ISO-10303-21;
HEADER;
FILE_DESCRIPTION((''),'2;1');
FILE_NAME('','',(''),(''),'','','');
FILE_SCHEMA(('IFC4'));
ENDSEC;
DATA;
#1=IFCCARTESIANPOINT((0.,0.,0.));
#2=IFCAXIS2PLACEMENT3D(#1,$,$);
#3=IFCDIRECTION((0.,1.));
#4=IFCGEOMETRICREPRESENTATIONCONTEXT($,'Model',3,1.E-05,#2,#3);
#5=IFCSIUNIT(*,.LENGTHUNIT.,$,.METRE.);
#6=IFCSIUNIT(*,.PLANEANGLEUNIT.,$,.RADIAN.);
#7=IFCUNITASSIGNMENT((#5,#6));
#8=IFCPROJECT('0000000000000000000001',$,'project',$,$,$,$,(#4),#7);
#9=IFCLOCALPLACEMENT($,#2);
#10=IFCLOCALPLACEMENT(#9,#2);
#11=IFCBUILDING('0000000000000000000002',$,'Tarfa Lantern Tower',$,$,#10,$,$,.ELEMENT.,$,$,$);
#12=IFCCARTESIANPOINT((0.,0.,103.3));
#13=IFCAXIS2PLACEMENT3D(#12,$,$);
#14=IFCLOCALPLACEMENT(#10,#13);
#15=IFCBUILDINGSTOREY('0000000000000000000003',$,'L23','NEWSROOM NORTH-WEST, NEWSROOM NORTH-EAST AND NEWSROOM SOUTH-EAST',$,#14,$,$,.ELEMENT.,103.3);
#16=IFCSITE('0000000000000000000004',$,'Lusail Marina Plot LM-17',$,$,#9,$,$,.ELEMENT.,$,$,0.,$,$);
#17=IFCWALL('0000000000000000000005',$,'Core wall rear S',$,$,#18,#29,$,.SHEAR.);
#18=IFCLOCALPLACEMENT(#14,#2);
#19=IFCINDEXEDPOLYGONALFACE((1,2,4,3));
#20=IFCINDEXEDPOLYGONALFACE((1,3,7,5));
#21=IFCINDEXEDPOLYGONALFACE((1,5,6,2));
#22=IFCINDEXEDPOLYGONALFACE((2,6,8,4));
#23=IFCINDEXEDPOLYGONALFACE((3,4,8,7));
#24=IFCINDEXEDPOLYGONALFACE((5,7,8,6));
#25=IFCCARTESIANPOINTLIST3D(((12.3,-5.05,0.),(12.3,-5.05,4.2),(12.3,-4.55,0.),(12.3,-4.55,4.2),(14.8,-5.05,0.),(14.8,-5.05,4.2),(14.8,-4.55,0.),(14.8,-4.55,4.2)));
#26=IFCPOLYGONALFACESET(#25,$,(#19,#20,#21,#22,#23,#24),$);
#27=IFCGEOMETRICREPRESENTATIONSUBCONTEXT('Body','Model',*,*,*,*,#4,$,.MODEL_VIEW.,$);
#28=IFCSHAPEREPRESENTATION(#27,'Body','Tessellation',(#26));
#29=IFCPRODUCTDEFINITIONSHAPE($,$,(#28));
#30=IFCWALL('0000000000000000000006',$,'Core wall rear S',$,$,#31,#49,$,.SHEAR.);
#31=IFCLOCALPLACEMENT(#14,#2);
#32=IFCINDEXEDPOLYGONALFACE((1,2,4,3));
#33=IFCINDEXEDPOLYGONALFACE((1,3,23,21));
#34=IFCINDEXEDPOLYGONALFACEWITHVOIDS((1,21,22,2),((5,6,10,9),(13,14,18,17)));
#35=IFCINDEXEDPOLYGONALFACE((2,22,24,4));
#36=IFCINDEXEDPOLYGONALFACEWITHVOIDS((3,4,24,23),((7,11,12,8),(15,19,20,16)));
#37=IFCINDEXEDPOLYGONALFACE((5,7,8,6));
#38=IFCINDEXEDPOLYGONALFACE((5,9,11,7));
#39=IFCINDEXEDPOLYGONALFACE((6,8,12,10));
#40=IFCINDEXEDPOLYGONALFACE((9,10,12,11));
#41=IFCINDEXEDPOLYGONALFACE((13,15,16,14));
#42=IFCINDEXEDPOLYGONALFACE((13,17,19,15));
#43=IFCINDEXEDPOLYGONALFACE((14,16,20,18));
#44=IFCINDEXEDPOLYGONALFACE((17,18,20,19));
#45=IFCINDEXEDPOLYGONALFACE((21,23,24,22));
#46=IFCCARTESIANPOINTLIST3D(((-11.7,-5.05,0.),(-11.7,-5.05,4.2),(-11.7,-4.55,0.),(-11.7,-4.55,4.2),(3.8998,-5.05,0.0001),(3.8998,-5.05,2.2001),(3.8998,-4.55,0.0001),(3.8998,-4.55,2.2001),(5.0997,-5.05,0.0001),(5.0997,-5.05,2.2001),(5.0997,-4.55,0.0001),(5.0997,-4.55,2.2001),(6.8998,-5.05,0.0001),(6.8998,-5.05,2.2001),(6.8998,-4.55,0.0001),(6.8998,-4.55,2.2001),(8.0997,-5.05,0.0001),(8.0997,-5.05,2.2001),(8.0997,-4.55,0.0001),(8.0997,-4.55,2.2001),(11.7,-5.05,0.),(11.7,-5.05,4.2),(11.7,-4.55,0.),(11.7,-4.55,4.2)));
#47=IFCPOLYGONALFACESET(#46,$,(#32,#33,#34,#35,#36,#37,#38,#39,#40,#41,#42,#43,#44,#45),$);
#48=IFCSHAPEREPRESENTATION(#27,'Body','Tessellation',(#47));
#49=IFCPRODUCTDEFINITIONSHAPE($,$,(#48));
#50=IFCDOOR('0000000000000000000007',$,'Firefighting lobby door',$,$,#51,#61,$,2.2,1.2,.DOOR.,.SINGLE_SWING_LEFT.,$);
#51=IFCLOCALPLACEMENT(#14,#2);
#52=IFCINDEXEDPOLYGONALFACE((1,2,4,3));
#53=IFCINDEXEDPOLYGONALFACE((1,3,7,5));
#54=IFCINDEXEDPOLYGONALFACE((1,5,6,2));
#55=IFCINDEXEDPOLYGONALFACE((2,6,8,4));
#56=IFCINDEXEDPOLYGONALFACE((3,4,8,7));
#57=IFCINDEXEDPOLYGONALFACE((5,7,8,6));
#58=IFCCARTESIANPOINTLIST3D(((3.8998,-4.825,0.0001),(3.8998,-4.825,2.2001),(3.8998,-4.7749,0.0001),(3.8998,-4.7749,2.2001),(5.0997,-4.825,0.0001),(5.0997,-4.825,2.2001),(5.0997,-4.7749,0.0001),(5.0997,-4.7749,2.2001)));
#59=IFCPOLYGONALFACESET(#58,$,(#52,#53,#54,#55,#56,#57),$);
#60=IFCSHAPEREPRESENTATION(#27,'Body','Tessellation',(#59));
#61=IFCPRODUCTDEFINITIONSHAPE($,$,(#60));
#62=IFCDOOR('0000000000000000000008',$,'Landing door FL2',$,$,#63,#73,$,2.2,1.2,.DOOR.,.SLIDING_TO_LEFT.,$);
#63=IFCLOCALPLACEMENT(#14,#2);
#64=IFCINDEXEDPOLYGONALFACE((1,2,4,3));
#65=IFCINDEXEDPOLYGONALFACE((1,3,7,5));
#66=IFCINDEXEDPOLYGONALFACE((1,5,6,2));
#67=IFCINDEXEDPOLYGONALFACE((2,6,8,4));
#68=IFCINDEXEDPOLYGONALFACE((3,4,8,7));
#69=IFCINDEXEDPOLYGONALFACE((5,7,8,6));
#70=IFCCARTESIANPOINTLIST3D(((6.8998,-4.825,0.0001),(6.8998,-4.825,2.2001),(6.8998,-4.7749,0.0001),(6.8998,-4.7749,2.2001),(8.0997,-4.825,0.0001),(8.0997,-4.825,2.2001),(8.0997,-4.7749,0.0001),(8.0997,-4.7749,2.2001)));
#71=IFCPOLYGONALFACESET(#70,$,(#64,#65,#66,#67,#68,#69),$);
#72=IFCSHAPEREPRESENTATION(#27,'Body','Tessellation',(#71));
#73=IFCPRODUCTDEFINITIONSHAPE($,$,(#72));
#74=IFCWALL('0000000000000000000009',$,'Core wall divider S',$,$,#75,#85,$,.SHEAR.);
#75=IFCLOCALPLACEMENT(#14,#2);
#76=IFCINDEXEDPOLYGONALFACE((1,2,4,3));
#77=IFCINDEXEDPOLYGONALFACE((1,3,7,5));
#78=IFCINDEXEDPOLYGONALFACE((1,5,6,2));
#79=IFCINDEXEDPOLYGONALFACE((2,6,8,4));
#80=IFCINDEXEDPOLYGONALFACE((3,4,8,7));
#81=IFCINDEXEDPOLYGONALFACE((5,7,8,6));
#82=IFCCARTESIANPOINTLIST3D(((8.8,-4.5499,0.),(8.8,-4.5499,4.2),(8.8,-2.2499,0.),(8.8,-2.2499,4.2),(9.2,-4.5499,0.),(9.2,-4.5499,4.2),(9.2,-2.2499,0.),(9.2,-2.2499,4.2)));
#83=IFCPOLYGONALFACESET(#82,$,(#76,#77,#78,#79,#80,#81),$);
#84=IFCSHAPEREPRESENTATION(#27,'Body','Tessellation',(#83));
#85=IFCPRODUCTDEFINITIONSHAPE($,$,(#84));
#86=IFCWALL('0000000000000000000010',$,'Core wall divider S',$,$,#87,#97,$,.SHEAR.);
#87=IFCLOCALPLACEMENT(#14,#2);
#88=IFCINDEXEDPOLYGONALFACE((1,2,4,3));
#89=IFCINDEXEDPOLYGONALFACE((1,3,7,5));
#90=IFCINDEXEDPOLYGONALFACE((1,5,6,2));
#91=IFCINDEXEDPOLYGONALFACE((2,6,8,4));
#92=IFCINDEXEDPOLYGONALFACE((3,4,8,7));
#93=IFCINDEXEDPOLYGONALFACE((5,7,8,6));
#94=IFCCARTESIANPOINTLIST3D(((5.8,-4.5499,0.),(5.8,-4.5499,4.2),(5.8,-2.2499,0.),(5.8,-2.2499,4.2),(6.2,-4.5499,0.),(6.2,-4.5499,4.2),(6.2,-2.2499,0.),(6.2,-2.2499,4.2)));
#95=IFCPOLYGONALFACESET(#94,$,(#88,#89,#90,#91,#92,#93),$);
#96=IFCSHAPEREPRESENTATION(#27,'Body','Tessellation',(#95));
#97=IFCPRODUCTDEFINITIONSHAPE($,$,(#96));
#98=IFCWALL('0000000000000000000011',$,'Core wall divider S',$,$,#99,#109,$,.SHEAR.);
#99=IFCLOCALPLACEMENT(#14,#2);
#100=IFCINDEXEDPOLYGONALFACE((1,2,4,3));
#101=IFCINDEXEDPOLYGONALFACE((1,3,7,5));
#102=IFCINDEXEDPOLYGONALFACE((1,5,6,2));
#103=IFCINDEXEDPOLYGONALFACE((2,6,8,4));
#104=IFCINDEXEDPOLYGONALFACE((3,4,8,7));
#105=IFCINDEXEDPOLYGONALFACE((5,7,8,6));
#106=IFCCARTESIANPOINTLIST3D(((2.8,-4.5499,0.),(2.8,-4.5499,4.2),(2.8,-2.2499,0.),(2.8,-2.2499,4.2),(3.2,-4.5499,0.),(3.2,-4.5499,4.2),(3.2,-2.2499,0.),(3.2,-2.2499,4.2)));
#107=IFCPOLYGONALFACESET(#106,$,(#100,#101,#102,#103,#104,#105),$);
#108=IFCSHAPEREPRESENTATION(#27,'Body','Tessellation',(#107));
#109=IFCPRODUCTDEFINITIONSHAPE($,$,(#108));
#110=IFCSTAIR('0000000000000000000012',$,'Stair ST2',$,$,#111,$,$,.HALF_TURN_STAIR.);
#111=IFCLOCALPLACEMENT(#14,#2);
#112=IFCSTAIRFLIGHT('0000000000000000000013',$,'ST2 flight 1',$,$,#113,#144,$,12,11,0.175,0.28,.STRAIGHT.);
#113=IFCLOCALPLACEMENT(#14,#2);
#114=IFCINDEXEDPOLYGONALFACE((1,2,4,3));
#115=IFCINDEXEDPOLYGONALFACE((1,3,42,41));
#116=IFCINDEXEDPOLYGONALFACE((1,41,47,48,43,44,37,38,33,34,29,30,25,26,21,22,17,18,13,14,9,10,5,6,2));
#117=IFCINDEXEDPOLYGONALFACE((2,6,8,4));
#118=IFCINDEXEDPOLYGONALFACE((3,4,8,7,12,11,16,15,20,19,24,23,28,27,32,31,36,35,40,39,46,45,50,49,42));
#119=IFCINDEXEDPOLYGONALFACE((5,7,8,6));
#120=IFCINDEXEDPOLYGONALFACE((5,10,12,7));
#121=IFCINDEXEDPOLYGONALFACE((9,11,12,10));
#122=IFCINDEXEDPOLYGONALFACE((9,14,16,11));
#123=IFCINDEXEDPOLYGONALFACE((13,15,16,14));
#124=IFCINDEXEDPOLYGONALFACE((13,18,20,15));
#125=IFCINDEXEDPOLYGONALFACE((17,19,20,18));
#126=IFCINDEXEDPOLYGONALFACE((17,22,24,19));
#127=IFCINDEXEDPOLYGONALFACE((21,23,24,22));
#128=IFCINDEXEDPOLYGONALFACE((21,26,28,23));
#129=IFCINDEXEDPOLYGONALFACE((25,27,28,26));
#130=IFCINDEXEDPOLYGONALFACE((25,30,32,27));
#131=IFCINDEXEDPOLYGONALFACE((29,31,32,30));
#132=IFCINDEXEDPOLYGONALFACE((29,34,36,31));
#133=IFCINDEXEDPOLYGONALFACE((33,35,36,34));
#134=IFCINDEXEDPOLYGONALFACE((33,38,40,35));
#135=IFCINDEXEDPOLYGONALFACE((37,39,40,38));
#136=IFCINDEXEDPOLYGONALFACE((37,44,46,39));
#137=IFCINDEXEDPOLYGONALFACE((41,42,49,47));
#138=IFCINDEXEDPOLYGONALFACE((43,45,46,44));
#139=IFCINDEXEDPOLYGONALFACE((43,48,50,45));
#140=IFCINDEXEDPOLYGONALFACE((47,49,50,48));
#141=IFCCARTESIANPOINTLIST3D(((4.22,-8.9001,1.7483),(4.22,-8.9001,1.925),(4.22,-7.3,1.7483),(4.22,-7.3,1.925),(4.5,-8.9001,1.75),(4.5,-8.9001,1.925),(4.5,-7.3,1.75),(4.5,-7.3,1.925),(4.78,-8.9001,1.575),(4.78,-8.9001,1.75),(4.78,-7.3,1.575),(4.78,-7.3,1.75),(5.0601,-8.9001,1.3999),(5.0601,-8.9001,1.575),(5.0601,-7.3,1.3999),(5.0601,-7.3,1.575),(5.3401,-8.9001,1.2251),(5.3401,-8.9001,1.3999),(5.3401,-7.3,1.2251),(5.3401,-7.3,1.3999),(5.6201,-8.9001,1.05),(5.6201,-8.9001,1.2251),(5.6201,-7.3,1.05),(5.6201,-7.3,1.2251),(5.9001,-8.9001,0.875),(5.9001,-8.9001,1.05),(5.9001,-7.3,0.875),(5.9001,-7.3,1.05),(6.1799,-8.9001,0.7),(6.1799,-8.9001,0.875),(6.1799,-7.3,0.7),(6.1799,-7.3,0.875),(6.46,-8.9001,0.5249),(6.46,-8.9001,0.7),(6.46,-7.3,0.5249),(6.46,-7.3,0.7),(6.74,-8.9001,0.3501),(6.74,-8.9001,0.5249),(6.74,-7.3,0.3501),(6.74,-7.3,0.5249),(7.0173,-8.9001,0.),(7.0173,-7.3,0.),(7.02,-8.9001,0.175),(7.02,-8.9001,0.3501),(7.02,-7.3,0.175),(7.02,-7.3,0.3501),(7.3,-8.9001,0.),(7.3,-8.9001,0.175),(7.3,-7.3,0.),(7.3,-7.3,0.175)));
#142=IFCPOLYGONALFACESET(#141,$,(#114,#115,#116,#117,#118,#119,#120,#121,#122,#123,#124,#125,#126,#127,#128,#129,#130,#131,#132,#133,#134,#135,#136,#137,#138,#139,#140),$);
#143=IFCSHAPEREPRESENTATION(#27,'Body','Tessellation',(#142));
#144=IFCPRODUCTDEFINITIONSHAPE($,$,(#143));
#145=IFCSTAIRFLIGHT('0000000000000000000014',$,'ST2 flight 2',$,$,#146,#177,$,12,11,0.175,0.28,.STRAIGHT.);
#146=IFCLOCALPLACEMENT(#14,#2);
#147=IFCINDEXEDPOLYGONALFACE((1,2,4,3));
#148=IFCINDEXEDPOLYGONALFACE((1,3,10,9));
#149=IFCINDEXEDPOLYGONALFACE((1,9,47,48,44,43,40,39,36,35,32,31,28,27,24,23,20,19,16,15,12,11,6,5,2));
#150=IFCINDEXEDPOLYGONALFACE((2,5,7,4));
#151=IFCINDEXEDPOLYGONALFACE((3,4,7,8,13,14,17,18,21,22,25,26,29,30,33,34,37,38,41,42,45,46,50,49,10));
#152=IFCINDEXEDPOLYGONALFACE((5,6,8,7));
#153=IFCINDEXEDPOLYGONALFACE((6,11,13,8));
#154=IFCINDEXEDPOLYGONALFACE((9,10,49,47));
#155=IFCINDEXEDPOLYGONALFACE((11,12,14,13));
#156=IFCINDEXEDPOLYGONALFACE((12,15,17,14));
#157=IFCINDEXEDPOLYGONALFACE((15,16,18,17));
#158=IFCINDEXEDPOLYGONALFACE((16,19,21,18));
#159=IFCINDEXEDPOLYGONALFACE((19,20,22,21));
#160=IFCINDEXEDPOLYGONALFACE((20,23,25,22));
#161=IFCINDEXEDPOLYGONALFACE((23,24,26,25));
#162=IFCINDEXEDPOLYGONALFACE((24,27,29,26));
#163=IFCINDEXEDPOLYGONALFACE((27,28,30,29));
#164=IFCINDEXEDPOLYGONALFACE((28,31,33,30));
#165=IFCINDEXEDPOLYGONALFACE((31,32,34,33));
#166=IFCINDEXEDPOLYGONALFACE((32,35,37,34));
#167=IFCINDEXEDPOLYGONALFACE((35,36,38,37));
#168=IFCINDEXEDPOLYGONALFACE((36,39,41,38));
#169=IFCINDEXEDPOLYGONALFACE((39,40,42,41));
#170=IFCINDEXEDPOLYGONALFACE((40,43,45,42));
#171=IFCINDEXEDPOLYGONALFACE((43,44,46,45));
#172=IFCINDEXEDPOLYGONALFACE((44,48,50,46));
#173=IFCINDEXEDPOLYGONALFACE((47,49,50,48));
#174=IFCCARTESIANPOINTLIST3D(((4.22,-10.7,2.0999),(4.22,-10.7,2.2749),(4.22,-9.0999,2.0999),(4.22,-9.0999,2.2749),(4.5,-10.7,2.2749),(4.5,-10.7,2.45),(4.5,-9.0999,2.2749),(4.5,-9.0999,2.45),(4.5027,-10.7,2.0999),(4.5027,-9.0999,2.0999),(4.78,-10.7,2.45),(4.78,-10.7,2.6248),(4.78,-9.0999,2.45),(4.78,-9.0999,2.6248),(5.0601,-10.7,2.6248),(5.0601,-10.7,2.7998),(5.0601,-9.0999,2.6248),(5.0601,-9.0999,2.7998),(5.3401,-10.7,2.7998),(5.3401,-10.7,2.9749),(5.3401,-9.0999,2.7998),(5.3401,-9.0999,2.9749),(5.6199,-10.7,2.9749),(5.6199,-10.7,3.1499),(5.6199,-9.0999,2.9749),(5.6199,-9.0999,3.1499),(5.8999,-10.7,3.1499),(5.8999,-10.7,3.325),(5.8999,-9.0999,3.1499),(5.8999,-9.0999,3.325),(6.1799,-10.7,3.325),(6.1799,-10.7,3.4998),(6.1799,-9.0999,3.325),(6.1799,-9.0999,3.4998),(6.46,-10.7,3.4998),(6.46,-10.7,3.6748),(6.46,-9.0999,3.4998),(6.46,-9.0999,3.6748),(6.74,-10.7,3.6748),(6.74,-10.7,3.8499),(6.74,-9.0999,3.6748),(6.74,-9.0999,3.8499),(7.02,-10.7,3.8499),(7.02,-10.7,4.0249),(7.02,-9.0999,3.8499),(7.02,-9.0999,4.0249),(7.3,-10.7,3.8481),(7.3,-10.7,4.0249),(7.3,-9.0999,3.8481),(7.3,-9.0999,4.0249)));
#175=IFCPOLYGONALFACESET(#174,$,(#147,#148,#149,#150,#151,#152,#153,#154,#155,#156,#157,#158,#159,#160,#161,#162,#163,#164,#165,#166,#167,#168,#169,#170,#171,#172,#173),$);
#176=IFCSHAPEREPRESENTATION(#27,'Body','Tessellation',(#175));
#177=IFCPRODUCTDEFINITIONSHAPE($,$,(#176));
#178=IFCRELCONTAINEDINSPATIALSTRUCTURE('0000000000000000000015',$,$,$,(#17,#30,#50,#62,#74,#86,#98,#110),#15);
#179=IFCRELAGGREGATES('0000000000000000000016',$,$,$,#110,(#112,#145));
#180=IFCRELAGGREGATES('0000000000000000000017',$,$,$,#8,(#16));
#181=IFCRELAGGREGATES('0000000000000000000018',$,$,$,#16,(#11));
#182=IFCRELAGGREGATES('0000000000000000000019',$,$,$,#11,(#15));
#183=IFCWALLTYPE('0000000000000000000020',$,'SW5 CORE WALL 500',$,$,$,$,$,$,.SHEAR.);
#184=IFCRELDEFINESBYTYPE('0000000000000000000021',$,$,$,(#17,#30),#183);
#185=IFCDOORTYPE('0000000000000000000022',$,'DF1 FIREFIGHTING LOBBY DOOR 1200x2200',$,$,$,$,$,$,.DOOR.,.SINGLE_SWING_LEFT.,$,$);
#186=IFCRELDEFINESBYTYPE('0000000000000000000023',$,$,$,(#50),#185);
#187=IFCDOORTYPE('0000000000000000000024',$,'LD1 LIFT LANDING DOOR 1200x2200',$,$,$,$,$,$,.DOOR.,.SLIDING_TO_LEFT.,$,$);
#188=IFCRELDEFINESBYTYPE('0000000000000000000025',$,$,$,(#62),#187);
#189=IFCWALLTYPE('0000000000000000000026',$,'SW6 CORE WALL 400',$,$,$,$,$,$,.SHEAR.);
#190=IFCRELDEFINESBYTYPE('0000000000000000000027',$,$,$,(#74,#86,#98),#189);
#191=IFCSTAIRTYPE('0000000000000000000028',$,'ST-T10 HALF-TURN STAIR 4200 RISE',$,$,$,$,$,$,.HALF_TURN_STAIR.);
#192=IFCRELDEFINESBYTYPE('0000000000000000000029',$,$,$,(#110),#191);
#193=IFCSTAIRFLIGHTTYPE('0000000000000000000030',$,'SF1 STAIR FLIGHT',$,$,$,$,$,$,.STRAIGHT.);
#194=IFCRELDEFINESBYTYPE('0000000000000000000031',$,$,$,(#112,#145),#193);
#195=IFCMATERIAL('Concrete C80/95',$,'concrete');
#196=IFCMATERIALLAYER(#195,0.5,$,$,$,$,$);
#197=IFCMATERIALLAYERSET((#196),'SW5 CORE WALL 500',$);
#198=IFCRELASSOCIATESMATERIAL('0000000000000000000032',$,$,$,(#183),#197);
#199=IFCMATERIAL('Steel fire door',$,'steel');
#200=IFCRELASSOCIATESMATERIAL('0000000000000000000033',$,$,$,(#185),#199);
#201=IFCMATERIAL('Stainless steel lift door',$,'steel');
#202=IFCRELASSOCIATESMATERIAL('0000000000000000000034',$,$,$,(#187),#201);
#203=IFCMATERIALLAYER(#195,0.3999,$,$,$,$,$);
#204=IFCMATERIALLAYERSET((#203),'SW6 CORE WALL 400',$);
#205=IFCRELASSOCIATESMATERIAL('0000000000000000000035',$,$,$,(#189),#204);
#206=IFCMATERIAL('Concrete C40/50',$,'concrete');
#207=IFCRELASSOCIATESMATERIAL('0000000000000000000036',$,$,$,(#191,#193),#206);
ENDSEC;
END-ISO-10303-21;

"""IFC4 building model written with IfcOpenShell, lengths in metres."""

from ifc_helpers import new_model, si_unit, direction, frame, frame_2d, origin, place, context, subcontext, project, spatial, polyline, rectangle, outline, extrude, material, layer, layer_set, type_object, element, fill, aggregate, save


model = new_model("IFC4")

# Units and contexts
model_context = context("Model", 3, precision=1e-05, world=origin(), true_north=direction((0.0, 1.0)))
body_context = subcontext(model_context, "Body", "Model", "MODEL_VIEW")
ifc_project = project(units=[si_unit("LENGTHUNIT", "METRE"), si_unit("PLANEANGLEUNIT", "RADIAN")], contexts=[model_context])

# Site, building, storey
site_placement = place(None, origin())
site = spatial("IfcSite", under=ifc_project, at=site_placement, Name="Lusail Marina Plot LM-17", CompositionType="ELEMENT", RefElevation=0.0)
building_placement = place(site_placement, origin())
building = spatial("IfcBuilding", under=site, at=building_placement, Name="Tarfa Lantern Tower", CompositionType="ELEMENT")
storey_placement = place(building_placement, frame((0.0, 0.0, 103.3)))
storey = spatial("IfcBuildingStorey", under=building, at=storey_placement, Name="L23", Description="NEWSROOM NORTH-WEST, NEWSROOM NORTH-EAST AND NEWSROOM SOUTH-EAST", CompositionType="ELEMENT", Elevation=103.3)

# Shared definitions
ifc_material_1 = material(Name="Concrete C80/95", Category="concrete")

# Shared definitions
ifc_material_2 = material(Name="Steel fire door", Category="steel")

# Shared definitions
ifc_layer_1 = layer(ifc_material_1, 0.5)
ifc_layer_set_1 = layer_set([ifc_layer_1], Name="SW5 CORE WALL 500")
wall_type_1 = type_object("IfcWallType", Name="SW5 CORE WALL 500", PredefinedType="SHEAR", material=ifc_layer_set_1)

# Shared definitions
ifc_material_3 = material(Name="Stainless steel lift door", Category="steel")

# Wall
wall_1_placement = place(storey_placement, frame((14.8, -4.8, 0.0), z_axis=(0.0, 0.0, 1.0), x_axis=(-1.0, 0.0, 0.0)))
element("IfcWall", 1, at=wall_1_placement, inside=storey, type_object=wall_type_1, Name="Core wall rear S", PredefinedType="SHEAR", context=body_context, shape_type="SweptSolid", body=[
    extrude(rectangle(XDim=2.5, YDim=0.5, at=frame_2d((1.25, 0.0))), origin(), (0.0, 0.0, 1.0), 4.2),
])

# Wall, openings, doors
wall_2_placement = place(storey_placement, frame((11.7, -4.8, 0.0), z_axis=(0.0, 0.0, 1.0), x_axis=(-1.0, 0.0, 0.0)))
wall_2 = element("IfcWall", 2, at=wall_2_placement, inside=storey, type_object=wall_type_1, Name="Core wall rear S", PredefinedType="SHEAR", context=body_context, shape_type="SweptSolid", body=[
    extrude(rectangle(XDim=23.3999, YDim=0.5, at=frame_2d((11.7, 0.0))), origin(), (0.0, 0.0, 1.0), 4.2),
])
opening_1_placement = place(wall_2_placement, frame((6.6001, 0.0, 0.0)))
opening_1 = element("IfcOpeningElement", 3, at=opening_1_placement, cuts=wall_2, PredefinedType="OPENING", context=body_context, shape_type="SweptSolid", body=[
    extrude(rectangle(XDim=1.2, YDim=2.2, at=frame_2d((0.6001, 1.1001))), frame((0.0, 0.26, 0.0), z_axis=(0.0, -1.0, 0.0), x_axis=(1.0, 0.0, 0.0)), (0.0, 0.0, 1.0), 0.52),
])
opening_2_placement = place(wall_2_placement, frame((3.6001, 0.0, 0.0)))
opening_2 = element("IfcOpeningElement", 4, at=opening_2_placement, cuts=wall_2, PredefinedType="OPENING", context=body_context, shape_type="SweptSolid", body=[
    extrude(rectangle(XDim=1.2, YDim=2.2, at=frame_2d((0.6001, 1.1001))), frame((0.0, 0.26, 0.0), z_axis=(0.0, -1.0, 0.0), x_axis=(1.0, 0.0, 0.0)), (0.0, 0.0, 1.0), 0.52),
])
door_type_1 = type_object("IfcDoorType", Name="DF1 FIREFIGHTING LOBBY DOOR 1200x2200", OperationType="SINGLE_SWING_LEFT", PredefinedType="DOOR", material=ifc_material_2)
door_1_placement = place(opening_1_placement, origin())
door_1 = element("IfcDoor", 5, at=door_1_placement, inside=storey, type_object=door_type_1, Name="Firefighting lobby door", OperationType="SINGLE_SWING_LEFT", OverallHeight=2.2, OverallWidth=1.2, PredefinedType="DOOR", context=body_context, shape_type="SweptSolid", body=[
    extrude(rectangle(XDim=1.2, YDim=2.2, at=frame_2d((0.6001, 1.1001))), frame((0.0, 0.0249, 0.0), z_axis=(0.0, -1.0, 0.0), x_axis=(1.0, 0.0, 0.0)), (0.0, 0.0, 1.0), 0.05),
])
fill(opening_1, door_1)
door_type_2 = type_object("IfcDoorType", Name="LD1 LIFT LANDING DOOR 1200x2200", OperationType="SLIDING_TO_LEFT", PredefinedType="DOOR", material=ifc_material_3)
door_2_placement = place(opening_2_placement, origin())
door_2 = element("IfcDoor", 6, at=door_2_placement, inside=storey, type_object=door_type_2, Name="Landing door FL2", OperationType="SLIDING_TO_LEFT", OverallHeight=2.2, OverallWidth=1.2, PredefinedType="DOOR", context=body_context, shape_type="SweptSolid", body=[
    extrude(rectangle(XDim=1.2, YDim=2.2, at=frame_2d((0.6001, 1.1001))), frame((0.0, 0.0249, 0.0), z_axis=(0.0, -1.0, 0.0), x_axis=(1.0, 0.0, 0.0)), (0.0, 0.0, 1.0), 0.05),
])
fill(opening_2, door_2)

# Walls
ifc_layer_2 = layer(ifc_material_1, 0.3999)
ifc_layer_set_2 = layer_set([ifc_layer_2], Name="SW6 CORE WALL 400")
wall_type_2 = type_object("IfcWallType", Name="SW6 CORE WALL 400", PredefinedType="SHEAR", material=ifc_layer_set_2)
for number, where, z_axis, x_axis, name in (
    (7, (9.0, -2.25, 0.0), (0.0, 0.0, 1.0), (0.0, -1.0, 0.0), "Core wall divider S"),
    (8, (6.0, -2.25, 0.0), (0.0, 0.0, 1.0), (0.0, -1.0, 0.0), "Core wall divider S"),
    (9, (3.0, -2.25, 0.0), (0.0, 0.0, 1.0), (0.0, -1.0, 0.0), "Core wall divider S"),
):
    element("IfcWall", number, at=place(storey_placement, frame(where, z_axis=z_axis, x_axis=x_axis)), inside=storey, type_object=wall_type_2, Name=name, PredefinedType="SHEAR", context=body_context, shape_type="SweptSolid", body=[
        extrude(rectangle(XDim=2.3, YDim=0.3999, at=frame_2d((1.1499, 0.0))), origin(), (0.0, 0.0, 1.0), 4.2),
    ])

# Stair, stair flights
ifc_material_4 = material(Name="Concrete C40/50", Category="concrete")
stair_type = type_object("IfcStairType", Name="ST-T10 HALF-TURN STAIR 4200 RISE", PredefinedType="HALF_TURN_STAIR", material=ifc_material_4)
stair_placement = place(storey_placement, origin())
stair = element("IfcStair", 10, at=stair_placement, inside=storey, type_object=stair_type, Name="Stair ST2", PredefinedType="HALF_TURN_STAIR")
stair_flight_type = type_object("IfcStairFlightType", Name="SF1 STAIR FLIGHT", PredefinedType="STRAIGHT", material=ifc_material_4)
stair_flight_1_placement = place(storey_placement, frame((7.3, -8.1001, 0.0), z_axis=(0.0, 0.0, 1.0), x_axis=(-1.0, 0.0, 0.0)))
stair_flight_1 = element("IfcStairFlight", 11, at=stair_flight_1_placement, type_object=stair_flight_type, Name="ST2 flight 1", NumberOfRisers=12, NumberOfTreads=11, PredefinedType="STRAIGHT", RiserHeight=0.175, TreadLength=0.28, context=body_context, shape_type="SweptSolid", body=[
    extrude(outline(polyline([(0.0, 0.0), (0.0, 0.175), (0.28, 0.175), (0.28, 0.3501), (0.5601, 0.3501), (0.5601, 0.5249), (0.8401, 0.5249), (0.8401, 0.7), (1.1201, 0.7), (1.1201, 0.875), (1.3999, 0.875), (1.3999, 1.05), (1.6799, 1.05), (1.6799, 1.2251), (1.96, 1.2251), (1.96, 1.3999), (2.24, 1.3999), (2.24, 1.575), (2.52, 1.575), (2.52, 1.75), (2.8, 1.75), (2.8, 1.925), (3.0801, 1.925), (3.0801, 2.1001), (3.0801, 1.7483), (0.2827, 0.0), (0.0, 0.0)])), frame((0.0, 0.8, 0.0), z_axis=(0.0, -1.0, 0.0), x_axis=(1.0, 0.0, 0.0)), (0.0, 0.0, 1.0), 1.6001),
])
stair_flight_2_placement = place(storey_placement, frame((4.22, -9.8999, 2.0999), z_axis=(0.0, 0.0, 1.0), x_axis=(1.0, 0.0, 0.0)))
stair_flight_2 = element("IfcStairFlight", 12, at=stair_flight_2_placement, type_object=stair_flight_type, Name="ST2 flight 2", NumberOfRisers=12, NumberOfTreads=11, PredefinedType="STRAIGHT", RiserHeight=0.175, TreadLength=0.28, context=body_context, shape_type="SweptSolid", body=[
    extrude(outline(polyline([(0.0, 0.0), (0.0, 0.175), (0.28, 0.175), (0.28, 0.3501), (0.5601, 0.3501), (0.5601, 0.5249), (0.8401, 0.5249), (0.8401, 0.7), (1.1201, 0.7), (1.1201, 0.875), (1.3999, 0.875), (1.3999, 1.05), (1.6799, 1.05), (1.6799, 1.2251), (1.96, 1.2251), (1.96, 1.3999), (2.24, 1.3999), (2.24, 1.575), (2.52, 1.575), (2.52, 1.75), (2.8, 1.75), (2.8, 1.925), (3.0801, 1.925), (3.0801, 2.1001), (3.0801, 1.7483), (0.2827, 0.0), (0.0, 0.0)])), frame((0.0, 0.8, 0.0), z_axis=(0.0, -1.0, 0.0), x_axis=(1.0, 0.0, 0.0)), (0.0, 0.0, 1.0), 1.6001),
])
aggregate(stair, [stair_flight_1, stair_flight_2])

save(model, "model.ifc")
